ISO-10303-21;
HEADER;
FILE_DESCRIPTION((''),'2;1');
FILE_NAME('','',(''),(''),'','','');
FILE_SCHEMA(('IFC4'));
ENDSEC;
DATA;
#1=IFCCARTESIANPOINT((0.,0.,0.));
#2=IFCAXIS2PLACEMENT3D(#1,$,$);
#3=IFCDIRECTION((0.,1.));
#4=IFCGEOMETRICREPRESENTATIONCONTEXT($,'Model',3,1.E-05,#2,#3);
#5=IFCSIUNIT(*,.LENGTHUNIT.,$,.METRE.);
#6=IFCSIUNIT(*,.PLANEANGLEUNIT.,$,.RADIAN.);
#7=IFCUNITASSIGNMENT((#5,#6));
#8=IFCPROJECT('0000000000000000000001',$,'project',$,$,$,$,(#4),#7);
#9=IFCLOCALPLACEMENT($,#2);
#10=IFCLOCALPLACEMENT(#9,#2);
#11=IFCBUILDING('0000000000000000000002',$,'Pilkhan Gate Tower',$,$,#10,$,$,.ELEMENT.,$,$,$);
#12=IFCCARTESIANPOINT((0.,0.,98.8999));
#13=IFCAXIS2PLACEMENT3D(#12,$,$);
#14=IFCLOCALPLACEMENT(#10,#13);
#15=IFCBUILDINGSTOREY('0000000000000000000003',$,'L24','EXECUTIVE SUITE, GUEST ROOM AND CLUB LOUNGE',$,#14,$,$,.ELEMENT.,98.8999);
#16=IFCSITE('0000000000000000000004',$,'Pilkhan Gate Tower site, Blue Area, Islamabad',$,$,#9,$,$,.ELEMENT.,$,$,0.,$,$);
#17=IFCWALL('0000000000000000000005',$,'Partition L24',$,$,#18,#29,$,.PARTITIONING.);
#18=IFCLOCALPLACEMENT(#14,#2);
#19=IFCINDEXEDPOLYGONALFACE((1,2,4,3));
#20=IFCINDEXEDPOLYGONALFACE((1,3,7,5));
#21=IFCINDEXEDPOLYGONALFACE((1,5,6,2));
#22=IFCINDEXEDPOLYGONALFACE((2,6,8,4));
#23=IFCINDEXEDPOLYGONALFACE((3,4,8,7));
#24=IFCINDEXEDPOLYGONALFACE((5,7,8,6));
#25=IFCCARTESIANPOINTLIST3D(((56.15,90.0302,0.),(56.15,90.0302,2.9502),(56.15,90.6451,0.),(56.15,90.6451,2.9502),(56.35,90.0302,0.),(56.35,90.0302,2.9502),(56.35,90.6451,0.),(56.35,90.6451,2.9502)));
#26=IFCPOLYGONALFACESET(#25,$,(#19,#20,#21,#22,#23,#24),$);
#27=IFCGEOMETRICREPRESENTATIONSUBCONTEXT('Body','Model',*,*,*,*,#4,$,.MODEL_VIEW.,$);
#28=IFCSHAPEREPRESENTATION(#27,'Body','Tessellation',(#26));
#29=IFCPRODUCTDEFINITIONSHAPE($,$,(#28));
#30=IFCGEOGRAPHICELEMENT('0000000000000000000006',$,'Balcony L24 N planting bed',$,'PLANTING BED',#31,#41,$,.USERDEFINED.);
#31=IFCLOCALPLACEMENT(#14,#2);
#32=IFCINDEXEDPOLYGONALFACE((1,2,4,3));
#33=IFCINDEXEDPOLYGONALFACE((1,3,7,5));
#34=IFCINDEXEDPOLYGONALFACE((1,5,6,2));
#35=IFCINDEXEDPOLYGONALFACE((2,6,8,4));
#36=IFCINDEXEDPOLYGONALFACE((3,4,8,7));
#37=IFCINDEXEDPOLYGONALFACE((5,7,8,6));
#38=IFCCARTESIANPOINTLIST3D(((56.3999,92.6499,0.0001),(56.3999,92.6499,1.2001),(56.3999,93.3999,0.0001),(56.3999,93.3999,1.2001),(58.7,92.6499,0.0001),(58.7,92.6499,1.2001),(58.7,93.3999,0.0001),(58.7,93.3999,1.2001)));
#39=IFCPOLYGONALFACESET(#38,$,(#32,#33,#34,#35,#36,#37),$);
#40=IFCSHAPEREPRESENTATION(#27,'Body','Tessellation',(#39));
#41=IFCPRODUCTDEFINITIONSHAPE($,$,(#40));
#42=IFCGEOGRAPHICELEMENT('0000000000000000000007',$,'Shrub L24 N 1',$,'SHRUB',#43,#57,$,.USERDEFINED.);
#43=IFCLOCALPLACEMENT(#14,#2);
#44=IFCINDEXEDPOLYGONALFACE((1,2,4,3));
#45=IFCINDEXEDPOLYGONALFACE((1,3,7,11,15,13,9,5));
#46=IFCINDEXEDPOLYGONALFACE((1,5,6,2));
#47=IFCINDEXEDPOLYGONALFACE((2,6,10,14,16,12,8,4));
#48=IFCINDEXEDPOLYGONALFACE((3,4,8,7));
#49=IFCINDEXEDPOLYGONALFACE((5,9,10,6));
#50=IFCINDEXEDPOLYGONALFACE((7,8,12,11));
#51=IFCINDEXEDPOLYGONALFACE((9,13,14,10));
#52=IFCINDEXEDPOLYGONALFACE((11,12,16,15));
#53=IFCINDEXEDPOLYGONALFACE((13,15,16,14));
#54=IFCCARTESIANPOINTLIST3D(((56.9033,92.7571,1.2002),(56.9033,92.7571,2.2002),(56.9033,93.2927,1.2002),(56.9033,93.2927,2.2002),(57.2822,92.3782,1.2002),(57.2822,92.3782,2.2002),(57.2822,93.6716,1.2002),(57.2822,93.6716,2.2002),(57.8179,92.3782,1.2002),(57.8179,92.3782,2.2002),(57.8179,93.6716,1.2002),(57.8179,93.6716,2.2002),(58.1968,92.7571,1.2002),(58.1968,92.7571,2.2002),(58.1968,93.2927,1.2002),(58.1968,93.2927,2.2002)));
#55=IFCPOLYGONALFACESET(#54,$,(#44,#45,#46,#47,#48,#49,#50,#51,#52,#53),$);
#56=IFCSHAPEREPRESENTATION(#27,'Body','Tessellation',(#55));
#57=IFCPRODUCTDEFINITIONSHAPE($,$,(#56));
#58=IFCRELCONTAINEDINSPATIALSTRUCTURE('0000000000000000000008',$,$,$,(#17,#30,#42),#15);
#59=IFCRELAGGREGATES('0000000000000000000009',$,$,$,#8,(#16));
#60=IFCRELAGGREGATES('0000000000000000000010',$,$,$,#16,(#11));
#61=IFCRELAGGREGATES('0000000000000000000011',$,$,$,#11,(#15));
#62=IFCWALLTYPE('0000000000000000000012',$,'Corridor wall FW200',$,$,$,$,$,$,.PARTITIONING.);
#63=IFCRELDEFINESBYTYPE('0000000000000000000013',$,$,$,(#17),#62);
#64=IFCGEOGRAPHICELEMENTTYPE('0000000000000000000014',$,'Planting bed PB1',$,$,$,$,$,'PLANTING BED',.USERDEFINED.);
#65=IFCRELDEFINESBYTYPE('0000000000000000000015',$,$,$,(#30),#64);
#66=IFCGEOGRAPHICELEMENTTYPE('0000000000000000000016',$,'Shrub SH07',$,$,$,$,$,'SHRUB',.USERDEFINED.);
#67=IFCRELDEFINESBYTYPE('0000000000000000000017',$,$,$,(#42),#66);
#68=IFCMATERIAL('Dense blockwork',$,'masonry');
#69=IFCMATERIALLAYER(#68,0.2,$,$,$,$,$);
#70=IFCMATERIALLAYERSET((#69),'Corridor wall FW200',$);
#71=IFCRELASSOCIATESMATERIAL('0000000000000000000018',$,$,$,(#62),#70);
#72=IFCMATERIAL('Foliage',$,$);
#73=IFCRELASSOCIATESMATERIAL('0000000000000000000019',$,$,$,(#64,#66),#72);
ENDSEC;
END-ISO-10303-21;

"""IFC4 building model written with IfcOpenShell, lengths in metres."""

from ifc_helpers import new_model, si_unit, direction, frame, frame_2d, origin, origin_2d, place, context, subcontext, project, spatial, polyline, rectangle, outline, extrude, material, layer, layer_set, material_profile, profile_set, type_object, element, save


model = new_model("IFC4")

# Units and contexts
model_context = context("Model", 3, precision=1e-05, world=origin(), true_north=direction((0.0, 1.0)))
body_context = subcontext(model_context, "Body", "Model", "MODEL_VIEW")
ifc_project = project(units=[si_unit("LENGTHUNIT", "METRE"), si_unit("PLANEANGLEUNIT", "RADIAN")], contexts=[model_context])

# Site, building, storey
site_placement = place(None, origin())
site = spatial("IfcSite", under=ifc_project, at=site_placement, Name="Pilkhan Gate Tower site, Blue Area, Islamabad", CompositionType="ELEMENT", RefElevation=0.0)
building_placement = place(site_placement, origin())
building = spatial("IfcBuilding", under=site, at=building_placement, Name="Pilkhan Gate Tower", CompositionType="ELEMENT")
storey_placement = place(building_placement, frame((0.0, 0.0, 98.8999)))
storey = spatial("IfcBuildingStorey", under=building, at=storey_placement, Name="L24", Description="EXECUTIVE SUITE, GUEST ROOM AND CLUB LOUNGE", CompositionType="ELEMENT", Elevation=98.8999)

# Wall
ifc_material_1 = material(Name="Dense blockwork", Category="masonry")
ifc_layer_1 = layer(ifc_material_1, 0.2)
ifc_layer_set_1 = layer_set([ifc_layer_1], Name="Corridor wall FW200")
wall_type_1 = type_object("IfcWallType", Name="Corridor wall FW200", PredefinedType="PARTITIONING", material=ifc_layer_set_1)
wall_1_placement = place(storey_placement, frame((56.25, 90.03, 0.0), z_axis=(0.0, 0.0, 1.0), x_axis=(0.0, 1.0, 0.0)))
element("IfcWall", 1, at=wall_1_placement, inside=storey, type_object=wall_type_1, Name="Partition L24", PredefinedType="PARTITIONING", context=body_context, shape_type="SweptSolid", body=[
    extrude(rectangle(XDim=0.615, YDim=0.2, at=frame_2d((0.3076, 0.0))), origin(), (0.0, 0.0, 1.0), 2.9502),
])

# Geographic elements
ifc_material_2 = material(Name="Foliage")
ifc_material_profile_1 = material_profile(ifc_material_2, rectangle(XDim=0.75, YDim=1.2, at=origin_2d()), Name="Bed 750x1200")
ifc_profile_set_1 = profile_set([ifc_material_profile_1], Name="Foliage")
geographic_element_type_1 = type_object("IfcGeographicElementType", Name="Planting bed PB1", ElementType="PLANTING BED", PredefinedType="USERDEFINED", material=ifc_profile_set_1)
geographic_element_1_placement = place(storey_placement, frame((56.3999, 93.0249, 0.6001), z_axis=(1.0, 0.0, 0.0), x_axis=(0.0, 1.0, 0.0)))
element("IfcGeographicElement", 2, at=geographic_element_1_placement, inside=storey, type_object=geographic_element_type_1, Name="Balcony L24 N planting bed", ObjectType="PLANTING BED", PredefinedType="USERDEFINED", context=body_context, shape_type="SweptSolid", body=[
    extrude(rectangle(XDim=0.75, YDim=1.2, at=origin_2d()), origin(), (0.0, 0.0, 1.0), 2.3),
])
ifc_material_profile_2 = material_profile(ifc_material_2, outline(polyline([(0.6467, 0.2678), (0.2678, 0.6467), (-0.2678, 0.6467), (-0.6467, 0.2678), (-0.6467, -0.2678), (-0.2678, -0.6467), (0.2678, -0.6467), (0.6467, -0.2678), (0.6467, 0.2678)])), Name="Shrub D1.4")
ifc_profile_set_2 = profile_set([ifc_material_profile_2], Name="Foliage")
geographic_element_type_2 = type_object("IfcGeographicElementType", Name="Shrub SH07", ElementType="SHRUB", PredefinedType="USERDEFINED", material=ifc_profile_set_2)
geographic_element_2_placement = place(storey_placement, frame((57.55, 93.0249, 1.2002), z_axis=(0.0, 0.0, 1.0), x_axis=(1.0, 0.0, 0.0)))
element("IfcGeographicElement", 3, at=geographic_element_2_placement, inside=storey, type_object=geographic_element_type_2, Name="Shrub L24 N 1", ObjectType="SHRUB", PredefinedType="USERDEFINED", context=body_context, shape_type="SweptSolid", body=[
    extrude(outline(polyline([(0.6467, 0.2678), (0.2678, 0.6467), (-0.2678, 0.6467), (-0.6467, 0.2678), (-0.6467, -0.2678), (-0.2678, -0.6467), (0.2678, -0.6467), (0.6467, -0.2678), (0.6467, 0.2678)])), origin(), (0.0, 0.0, 1.0), 1.0),
])

save(model, "model.ifc")
